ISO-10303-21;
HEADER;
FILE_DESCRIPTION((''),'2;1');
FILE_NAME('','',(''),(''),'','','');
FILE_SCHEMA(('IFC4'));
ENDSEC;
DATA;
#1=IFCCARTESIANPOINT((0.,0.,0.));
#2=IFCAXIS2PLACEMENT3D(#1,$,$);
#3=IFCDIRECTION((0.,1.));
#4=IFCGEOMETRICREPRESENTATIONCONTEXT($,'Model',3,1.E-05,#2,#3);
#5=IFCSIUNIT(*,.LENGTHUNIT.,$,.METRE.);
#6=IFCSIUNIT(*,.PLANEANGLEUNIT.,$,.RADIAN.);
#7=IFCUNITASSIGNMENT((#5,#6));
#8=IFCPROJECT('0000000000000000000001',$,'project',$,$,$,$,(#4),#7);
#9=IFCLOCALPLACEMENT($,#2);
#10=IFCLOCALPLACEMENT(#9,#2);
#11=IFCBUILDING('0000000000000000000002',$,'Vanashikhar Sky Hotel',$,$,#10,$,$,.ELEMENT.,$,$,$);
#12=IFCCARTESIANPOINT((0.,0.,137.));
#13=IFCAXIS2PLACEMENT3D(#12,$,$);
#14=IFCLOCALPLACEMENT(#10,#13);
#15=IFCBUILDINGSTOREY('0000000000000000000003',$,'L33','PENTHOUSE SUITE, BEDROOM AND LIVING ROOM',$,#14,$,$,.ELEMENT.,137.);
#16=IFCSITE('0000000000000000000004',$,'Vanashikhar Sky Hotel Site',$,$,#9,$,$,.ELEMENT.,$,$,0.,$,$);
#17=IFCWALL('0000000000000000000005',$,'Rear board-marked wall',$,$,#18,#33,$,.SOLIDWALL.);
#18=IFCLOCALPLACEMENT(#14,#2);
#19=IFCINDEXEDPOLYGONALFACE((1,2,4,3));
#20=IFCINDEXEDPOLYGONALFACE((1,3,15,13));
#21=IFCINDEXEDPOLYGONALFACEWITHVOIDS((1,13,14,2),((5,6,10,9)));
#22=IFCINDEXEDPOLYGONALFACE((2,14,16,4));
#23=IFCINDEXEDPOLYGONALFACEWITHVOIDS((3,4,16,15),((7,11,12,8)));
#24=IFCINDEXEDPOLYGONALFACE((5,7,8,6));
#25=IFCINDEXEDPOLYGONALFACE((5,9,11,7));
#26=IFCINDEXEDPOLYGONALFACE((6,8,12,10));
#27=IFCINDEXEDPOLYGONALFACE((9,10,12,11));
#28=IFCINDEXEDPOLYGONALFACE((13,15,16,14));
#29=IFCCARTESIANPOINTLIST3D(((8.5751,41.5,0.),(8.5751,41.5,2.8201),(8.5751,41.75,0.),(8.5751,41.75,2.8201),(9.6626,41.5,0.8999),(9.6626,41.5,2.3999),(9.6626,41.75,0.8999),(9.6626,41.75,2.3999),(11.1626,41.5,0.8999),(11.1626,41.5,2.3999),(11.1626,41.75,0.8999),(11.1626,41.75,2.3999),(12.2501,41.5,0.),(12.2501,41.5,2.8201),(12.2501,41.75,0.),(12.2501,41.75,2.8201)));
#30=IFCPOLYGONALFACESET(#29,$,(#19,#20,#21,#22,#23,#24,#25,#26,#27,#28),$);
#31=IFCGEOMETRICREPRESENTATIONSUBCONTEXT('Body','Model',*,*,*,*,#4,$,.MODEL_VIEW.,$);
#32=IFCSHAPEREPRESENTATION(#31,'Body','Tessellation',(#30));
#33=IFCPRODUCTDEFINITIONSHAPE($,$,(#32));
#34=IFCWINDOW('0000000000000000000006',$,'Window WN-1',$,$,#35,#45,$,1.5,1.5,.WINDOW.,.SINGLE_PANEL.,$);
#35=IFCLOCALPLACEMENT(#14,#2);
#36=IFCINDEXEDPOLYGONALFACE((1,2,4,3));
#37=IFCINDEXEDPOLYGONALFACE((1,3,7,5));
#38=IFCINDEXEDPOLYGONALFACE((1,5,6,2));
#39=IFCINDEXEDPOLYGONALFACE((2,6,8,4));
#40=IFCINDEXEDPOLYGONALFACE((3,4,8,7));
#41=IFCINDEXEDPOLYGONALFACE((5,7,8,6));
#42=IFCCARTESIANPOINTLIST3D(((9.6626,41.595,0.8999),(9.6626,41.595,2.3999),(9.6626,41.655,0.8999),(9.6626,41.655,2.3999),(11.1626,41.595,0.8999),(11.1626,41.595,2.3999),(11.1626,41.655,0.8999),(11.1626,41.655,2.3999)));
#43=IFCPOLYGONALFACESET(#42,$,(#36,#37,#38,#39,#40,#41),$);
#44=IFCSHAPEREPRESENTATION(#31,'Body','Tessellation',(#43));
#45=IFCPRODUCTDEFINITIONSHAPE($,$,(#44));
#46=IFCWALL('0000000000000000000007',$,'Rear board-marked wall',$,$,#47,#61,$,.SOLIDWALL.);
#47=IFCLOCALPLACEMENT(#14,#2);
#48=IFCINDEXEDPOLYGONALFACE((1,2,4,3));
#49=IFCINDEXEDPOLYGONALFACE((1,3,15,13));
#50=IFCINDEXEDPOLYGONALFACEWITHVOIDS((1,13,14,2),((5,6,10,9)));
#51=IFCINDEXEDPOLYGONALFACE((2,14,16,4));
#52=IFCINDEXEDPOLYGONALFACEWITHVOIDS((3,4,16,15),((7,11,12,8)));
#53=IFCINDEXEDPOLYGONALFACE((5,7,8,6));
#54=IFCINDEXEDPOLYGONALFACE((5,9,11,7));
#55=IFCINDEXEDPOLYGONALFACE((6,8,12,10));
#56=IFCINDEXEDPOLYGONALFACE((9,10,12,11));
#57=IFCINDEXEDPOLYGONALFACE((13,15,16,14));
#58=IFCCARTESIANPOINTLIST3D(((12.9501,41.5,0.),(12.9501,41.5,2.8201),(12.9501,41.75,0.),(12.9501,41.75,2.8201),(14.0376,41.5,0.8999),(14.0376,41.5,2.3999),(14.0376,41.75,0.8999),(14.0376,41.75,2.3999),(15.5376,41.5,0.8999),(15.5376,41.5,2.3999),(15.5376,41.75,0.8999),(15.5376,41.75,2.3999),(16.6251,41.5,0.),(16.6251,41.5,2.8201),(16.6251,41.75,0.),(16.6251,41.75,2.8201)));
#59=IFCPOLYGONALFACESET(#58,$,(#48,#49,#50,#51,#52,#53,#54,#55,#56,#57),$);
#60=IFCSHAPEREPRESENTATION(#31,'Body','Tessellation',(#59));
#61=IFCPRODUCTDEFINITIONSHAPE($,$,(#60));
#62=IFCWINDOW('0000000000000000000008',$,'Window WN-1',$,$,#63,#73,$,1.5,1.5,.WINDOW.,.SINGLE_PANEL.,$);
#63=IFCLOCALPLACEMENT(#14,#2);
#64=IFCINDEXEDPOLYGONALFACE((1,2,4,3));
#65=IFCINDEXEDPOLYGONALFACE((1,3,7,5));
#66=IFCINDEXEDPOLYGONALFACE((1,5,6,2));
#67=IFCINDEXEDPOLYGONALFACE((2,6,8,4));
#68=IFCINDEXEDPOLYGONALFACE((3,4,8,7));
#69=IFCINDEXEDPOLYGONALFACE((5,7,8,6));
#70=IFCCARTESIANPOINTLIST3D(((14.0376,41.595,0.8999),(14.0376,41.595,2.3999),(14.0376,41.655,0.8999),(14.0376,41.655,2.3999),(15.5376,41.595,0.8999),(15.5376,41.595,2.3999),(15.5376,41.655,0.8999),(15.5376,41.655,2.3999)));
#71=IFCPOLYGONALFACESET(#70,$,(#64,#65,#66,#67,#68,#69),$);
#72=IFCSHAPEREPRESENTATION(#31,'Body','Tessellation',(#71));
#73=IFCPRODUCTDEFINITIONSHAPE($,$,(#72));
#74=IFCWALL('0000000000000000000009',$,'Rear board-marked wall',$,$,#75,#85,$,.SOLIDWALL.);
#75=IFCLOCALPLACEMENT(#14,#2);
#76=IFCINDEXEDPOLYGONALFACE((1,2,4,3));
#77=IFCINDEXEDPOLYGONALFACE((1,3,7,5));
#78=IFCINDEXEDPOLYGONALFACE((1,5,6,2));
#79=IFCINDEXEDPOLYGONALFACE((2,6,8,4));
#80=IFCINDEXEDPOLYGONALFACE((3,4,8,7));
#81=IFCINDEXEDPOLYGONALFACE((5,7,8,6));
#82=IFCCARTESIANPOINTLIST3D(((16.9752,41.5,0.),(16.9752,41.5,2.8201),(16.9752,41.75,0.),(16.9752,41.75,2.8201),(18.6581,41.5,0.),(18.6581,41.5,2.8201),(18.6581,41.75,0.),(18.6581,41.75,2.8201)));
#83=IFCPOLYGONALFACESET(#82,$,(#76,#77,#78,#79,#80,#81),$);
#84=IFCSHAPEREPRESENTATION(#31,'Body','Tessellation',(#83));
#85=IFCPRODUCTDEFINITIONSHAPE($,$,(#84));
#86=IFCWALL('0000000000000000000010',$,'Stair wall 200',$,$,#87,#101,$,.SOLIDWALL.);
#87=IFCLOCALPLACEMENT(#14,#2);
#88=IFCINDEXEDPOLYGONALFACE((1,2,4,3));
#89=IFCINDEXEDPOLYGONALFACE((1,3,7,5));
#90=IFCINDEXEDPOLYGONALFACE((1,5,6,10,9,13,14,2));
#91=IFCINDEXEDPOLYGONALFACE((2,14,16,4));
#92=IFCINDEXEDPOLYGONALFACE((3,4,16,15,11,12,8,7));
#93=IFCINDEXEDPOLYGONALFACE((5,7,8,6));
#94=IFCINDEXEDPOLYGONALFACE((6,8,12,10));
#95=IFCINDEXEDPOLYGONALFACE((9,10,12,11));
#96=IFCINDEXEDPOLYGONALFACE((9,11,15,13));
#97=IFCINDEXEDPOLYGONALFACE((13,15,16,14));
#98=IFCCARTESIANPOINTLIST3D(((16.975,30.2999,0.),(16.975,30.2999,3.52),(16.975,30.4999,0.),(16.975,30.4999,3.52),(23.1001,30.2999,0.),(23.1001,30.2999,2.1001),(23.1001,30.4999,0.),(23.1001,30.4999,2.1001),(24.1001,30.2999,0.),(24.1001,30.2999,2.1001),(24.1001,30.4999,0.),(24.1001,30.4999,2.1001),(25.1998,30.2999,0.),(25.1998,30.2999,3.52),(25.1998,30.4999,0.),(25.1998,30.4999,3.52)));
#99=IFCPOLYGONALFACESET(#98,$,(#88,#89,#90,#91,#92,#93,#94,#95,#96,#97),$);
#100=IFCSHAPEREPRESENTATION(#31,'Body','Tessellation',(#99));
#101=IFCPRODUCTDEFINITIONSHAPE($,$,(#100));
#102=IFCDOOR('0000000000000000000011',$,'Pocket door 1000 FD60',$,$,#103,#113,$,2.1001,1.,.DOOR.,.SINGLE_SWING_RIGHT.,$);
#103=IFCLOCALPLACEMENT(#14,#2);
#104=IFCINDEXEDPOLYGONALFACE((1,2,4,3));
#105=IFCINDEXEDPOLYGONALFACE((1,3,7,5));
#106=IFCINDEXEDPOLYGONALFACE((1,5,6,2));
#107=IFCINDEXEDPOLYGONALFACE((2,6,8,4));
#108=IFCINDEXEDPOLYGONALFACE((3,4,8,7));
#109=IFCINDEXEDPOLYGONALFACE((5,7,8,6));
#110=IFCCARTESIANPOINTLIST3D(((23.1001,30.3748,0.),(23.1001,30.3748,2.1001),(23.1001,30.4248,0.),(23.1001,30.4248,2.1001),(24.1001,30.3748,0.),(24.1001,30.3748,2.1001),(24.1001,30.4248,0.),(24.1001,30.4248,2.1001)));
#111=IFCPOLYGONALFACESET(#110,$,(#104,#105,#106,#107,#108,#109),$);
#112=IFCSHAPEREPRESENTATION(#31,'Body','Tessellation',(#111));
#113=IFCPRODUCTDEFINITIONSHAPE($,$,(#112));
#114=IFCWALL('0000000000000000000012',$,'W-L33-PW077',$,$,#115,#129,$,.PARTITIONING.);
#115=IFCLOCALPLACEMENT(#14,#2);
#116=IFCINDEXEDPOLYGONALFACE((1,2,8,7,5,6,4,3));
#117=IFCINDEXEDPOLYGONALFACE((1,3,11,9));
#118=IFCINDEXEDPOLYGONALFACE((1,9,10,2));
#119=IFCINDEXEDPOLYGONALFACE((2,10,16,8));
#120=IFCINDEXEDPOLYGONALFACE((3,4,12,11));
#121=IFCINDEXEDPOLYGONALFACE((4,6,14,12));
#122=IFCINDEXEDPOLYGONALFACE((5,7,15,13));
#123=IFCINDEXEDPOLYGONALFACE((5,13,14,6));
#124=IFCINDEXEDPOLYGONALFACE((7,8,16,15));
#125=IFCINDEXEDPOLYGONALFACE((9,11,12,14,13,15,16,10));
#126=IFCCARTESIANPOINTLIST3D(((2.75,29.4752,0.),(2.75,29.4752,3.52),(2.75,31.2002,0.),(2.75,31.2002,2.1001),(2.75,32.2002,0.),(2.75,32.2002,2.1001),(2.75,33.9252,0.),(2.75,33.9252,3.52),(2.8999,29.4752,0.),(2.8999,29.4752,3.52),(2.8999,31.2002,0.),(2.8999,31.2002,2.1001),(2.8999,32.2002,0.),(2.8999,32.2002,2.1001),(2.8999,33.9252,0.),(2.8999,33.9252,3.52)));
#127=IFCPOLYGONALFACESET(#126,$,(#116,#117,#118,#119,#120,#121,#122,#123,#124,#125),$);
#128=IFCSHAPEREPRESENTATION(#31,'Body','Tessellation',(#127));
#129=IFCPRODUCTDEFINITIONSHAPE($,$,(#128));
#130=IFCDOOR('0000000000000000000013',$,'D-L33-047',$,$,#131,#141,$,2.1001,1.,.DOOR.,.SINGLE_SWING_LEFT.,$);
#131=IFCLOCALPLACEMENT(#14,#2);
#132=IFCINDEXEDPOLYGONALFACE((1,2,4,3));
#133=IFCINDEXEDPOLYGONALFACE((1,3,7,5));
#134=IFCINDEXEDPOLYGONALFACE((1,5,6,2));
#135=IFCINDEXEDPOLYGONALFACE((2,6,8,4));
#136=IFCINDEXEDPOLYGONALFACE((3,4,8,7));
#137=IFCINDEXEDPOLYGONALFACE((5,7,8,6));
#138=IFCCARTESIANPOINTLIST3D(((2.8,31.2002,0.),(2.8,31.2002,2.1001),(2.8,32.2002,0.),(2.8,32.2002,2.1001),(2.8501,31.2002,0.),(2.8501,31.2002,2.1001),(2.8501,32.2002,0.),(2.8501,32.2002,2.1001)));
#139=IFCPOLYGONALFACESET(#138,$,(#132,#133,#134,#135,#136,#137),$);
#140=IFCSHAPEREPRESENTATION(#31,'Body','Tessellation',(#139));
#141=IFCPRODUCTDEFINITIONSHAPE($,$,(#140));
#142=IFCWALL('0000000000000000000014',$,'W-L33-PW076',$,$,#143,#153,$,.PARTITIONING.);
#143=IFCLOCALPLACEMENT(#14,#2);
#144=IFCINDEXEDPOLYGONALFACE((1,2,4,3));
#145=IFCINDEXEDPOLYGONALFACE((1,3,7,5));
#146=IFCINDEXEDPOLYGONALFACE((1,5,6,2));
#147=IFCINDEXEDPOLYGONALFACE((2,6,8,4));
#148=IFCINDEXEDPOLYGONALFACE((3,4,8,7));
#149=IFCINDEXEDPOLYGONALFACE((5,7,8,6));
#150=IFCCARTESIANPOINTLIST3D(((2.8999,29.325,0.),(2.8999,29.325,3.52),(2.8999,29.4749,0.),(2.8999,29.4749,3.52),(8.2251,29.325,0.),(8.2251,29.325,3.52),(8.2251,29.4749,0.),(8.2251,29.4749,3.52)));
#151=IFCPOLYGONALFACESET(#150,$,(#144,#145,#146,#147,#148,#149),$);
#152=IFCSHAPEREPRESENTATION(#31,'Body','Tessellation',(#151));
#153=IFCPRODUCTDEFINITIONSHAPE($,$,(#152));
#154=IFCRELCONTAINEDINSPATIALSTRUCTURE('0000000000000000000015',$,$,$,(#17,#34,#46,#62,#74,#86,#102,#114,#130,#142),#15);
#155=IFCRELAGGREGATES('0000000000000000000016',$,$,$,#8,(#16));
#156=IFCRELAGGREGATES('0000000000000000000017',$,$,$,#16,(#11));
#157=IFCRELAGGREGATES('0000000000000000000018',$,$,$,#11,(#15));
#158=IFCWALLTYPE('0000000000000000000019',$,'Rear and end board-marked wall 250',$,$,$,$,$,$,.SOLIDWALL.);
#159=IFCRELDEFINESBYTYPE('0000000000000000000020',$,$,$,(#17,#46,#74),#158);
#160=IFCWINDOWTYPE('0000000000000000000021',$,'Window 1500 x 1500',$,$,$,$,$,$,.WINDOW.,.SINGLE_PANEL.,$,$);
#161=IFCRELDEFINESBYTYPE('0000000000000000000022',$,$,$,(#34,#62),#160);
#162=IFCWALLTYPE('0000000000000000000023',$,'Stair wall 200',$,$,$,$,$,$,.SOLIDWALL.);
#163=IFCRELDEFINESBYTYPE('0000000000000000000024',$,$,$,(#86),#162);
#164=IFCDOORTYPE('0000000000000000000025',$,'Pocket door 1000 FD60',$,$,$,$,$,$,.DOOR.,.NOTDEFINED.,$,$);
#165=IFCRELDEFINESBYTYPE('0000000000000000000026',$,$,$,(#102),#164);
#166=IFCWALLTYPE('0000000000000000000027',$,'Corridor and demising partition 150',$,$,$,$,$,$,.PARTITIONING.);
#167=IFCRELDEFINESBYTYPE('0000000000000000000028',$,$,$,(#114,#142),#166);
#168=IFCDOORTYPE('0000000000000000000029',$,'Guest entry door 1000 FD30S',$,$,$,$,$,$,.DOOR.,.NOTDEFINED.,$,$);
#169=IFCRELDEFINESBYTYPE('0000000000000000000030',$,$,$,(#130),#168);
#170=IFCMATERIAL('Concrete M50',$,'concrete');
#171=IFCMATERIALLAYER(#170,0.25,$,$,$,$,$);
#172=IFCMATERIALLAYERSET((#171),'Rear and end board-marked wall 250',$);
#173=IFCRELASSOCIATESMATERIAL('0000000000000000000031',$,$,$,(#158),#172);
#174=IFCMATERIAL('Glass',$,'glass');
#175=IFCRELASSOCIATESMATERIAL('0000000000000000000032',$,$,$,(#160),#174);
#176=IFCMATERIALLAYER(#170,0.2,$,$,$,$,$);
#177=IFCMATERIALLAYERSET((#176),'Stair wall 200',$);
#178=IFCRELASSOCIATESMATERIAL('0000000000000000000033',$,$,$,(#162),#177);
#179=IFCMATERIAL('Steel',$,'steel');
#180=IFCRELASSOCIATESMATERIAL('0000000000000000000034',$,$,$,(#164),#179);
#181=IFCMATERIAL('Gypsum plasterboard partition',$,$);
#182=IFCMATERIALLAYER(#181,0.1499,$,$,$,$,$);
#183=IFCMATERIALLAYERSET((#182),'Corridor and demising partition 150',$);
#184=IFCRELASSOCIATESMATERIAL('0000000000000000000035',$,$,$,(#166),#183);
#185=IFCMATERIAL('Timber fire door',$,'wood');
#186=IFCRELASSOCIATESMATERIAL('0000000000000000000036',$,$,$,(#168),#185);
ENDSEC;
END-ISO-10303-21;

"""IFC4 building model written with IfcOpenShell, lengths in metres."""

from ifc_helpers import new_model, si_unit, direction, frame, frame_2d, origin, place, context, subcontext, project, spatial, rectangle, extrude, source, transform, mapped, material, layer, layer_set, type_object, element, fill, save


model = new_model("IFC4")

# Units and contexts
model_context = context("Model", 3, precision=1e-05, world=origin(), true_north=direction((0.0, 1.0)))
body_context = subcontext(model_context, "Body", "Model", "MODEL_VIEW")
ifc_project = project(units=[si_unit("LENGTHUNIT", "METRE"), si_unit("PLANEANGLEUNIT", "RADIAN")], contexts=[model_context])

# Site, building, storey
site_placement = place(None, origin())
site = spatial("IfcSite", under=ifc_project, at=site_placement, Name="Vanashikhar Sky Hotel Site", CompositionType="ELEMENT", RefElevation=0.0)
building_placement = place(site_placement, origin())
building = spatial("IfcBuilding", under=site, at=building_placement, Name="Vanashikhar Sky Hotel", CompositionType="ELEMENT")
storey_placement = place(building_placement, frame((0.0, 0.0, 137.0)))
storey = spatial("IfcBuildingStorey", under=building, at=storey_placement, Name="L33", Description="PENTHOUSE SUITE, BEDROOM AND LIVING ROOM", CompositionType="ELEMENT", Elevation=137.0)

# Shared definitions
ifc_material_1 = material(Name="Concrete M50", Category="concrete")

# Shared definitions
ifc_material_2 = material(Name="Glass", Category="glass")

# Walls, openings, windows
ifc_layer_1 = layer(ifc_material_1, 0.25)
ifc_layer_set_1 = layer_set([ifc_layer_1], Name="Rear and end board-marked wall 250")
wall_type_1 = type_object("IfcWallType", Name="Rear and end board-marked wall 250", PredefinedType="SOLIDWALL", material=ifc_layer_set_1)
shared_shape_1 = source(origin(), body_context, "Body", "SweptSolid", [
    extrude(rectangle(XDim=1.5, YDim=1.5, at=frame_2d((0.75, 0.75))), frame((0.0, 0.135, 0.0), z_axis=(0.0, -1.0, 0.0), x_axis=(1.0, 0.0, 0.0)), (0.0, 0.0, 1.0), 0.27),
])
window_type_1 = type_object("IfcWindowType", Name="Window 1500 x 1500", PartitioningType="SINGLE_PANEL", PredefinedType="WINDOW", material=ifc_material_2)
shared_shape_2 = source(origin(), body_context, "Body", "SweptSolid", [
    extrude(rectangle(XDim=1.5, YDim=1.5, at=frame_2d((0.75, 0.75))), frame((0.0, 0.03, 0.0), z_axis=(0.0, -1.0, 0.0), x_axis=(1.0, 0.0, 0.0)), (0.0, 0.0, 1.0), 0.0601),
])
shared_shape_3 = source(origin(), body_context, "Body", "SweptSolid", [
    extrude(rectangle(XDim=3.675, YDim=0.25, at=frame_2d((1.8374, 0.0))), origin(), (0.0, 0.0, 1.0), 2.8201),
])
wall_1_placement = place(storey_placement, frame((12.25, 41.625, 0.0), z_axis=(0.0, 0.0, 1.0), x_axis=(-1.0, 0.0, 0.0)))
wall_1 = element("IfcWall", 1, at=wall_1_placement, inside=storey, type_object=wall_type_1, Name="Rear board-marked wall", PredefinedType="SOLIDWALL", context=body_context, shape_type="MappedRepresentation", body=[
    mapped(shared_shape_3, transform((0.0, 0.0, 0.0), scale=1.0)),
])
opening_1_placement = place(wall_1_placement, frame((1.0874, 0.0, 0.8999)))
opening_1 = element("IfcOpeningElement", 2, at=opening_1_placement, cuts=wall_1, PredefinedType="OPENING", context=body_context, shape_type="MappedRepresentation", body=[
    mapped(shared_shape_1, transform((0.0, 0.0, 0.0), scale=1.0)),
])
window_1_placement = place(opening_1_placement, origin())
window_1 = element("IfcWindow", 3, at=window_1_placement, inside=storey, type_object=window_type_1, Name="Window WN-1", OverallHeight=1.5, OverallWidth=1.5, PartitioningType="SINGLE_PANEL", PredefinedType="WINDOW", context=body_context, shape_type="MappedRepresentation", body=[
    mapped(shared_shape_2, transform((0.0, 0.0, 0.0), scale=1.0)),
])
fill(opening_1, window_1)
wall_2_placement = place(storey_placement, frame((16.625, 41.625, 0.0), z_axis=(0.0, 0.0, 1.0), x_axis=(-1.0, 0.0, 0.0)))
wall_2 = element("IfcWall", 4, at=wall_2_placement, inside=storey, type_object=wall_type_1, Name="Rear board-marked wall", PredefinedType="SOLIDWALL", context=body_context, shape_type="MappedRepresentation", body=[
    mapped(shared_shape_3, transform((0.0, 0.0, 0.0), scale=1.0)),
])
opening_2_placement = place(wall_2_placement, frame((1.0874, 0.0, 0.8999)))
opening_2 = element("IfcOpeningElement", 5, at=opening_2_placement, cuts=wall_2, PredefinedType="OPENING", context=body_context, shape_type="MappedRepresentation", body=[
    mapped(shared_shape_1, transform((0.0, 0.0, 0.0), scale=1.0)),
])
window_2_placement = place(opening_2_placement, origin())
window_2 = element("IfcWindow", 6, at=window_2_placement, inside=storey, type_object=window_type_1, Name="Window WN-1", OverallHeight=1.5, OverallWidth=1.5, PartitioningType="SINGLE_PANEL", PredefinedType="WINDOW", context=body_context, shape_type="MappedRepresentation", body=[
    mapped(shared_shape_2, transform((0.0, 0.0, 0.0), scale=1.0)),
])
fill(opening_2, window_2)

# Wall
shared_shape_4 = source(origin(), body_context, "Body", "SweptSolid", [
    extrude(rectangle(XDim=1.6829, YDim=0.25, at=frame_2d((0.8413, 0.0))), origin(), (0.0, 0.0, 1.0), 2.8201),
])
wall_3_placement = place(storey_placement, frame((18.658, 41.625, 0.0), z_axis=(0.0, 0.0, 1.0), x_axis=(-1.0, 0.0, 0.0)))
element("IfcWall", 7, at=wall_3_placement, inside=storey, type_object=wall_type_1, Name="Rear board-marked wall", PredefinedType="SOLIDWALL", context=body_context, shape_type="MappedRepresentation", body=[
    mapped(shared_shape_4, transform((0.0, 0.0, 0.0), scale=1.0)),
])

# Walls, openings, doors
ifc_layer_2 = layer(ifc_material_1, 0.2)
ifc_layer_set_2 = layer_set([ifc_layer_2], Name="Stair wall 200")
wall_type_2 = type_object("IfcWallType", Name="Stair wall 200", PredefinedType="SOLIDWALL", material=ifc_layer_set_2)
shared_shape_5 = source(origin(), body_context, "Body", "SweptSolid", [
    extrude(rectangle(XDim=8.2249, YDim=0.2, at=frame_2d((4.1123, 0.0))), origin(), (0.0, 0.0, 1.0), 3.52),
])
wall_4_placement = place(storey_placement, frame((16.9751, 30.3999, 0.0), z_axis=(0.0, 0.0, 1.0), x_axis=(1.0, 0.0, 0.0)))
wall_4 = element("IfcWall", 8, at=wall_4_placement, inside=storey, type_object=wall_type_2, Name="Stair wall 200", PredefinedType="SOLIDWALL", context=body_context, shape_type="MappedRepresentation", body=[
    mapped(shared_shape_5, transform((0.0, 0.0, 0.0), scale=1.0)),
])
shared_shape_6 = source(origin(), body_context, "Body", "SweptSolid", [
    extrude(rectangle(XDim=1.0, YDim=2.1001, at=frame_2d((0.5, 1.05))), frame((0.0, 0.1099, 0.0), z_axis=(0.0, -1.0, 0.0), x_axis=(1.0, 0.0, 0.0)), (0.0, 0.0, 1.0), 0.22),
])
opening_3_placement = place(wall_4_placement, frame((6.125, 0.0, 0.0)))
opening_3 = element("IfcOpeningElement", 9, at=opening_3_placement, cuts=wall_4, PredefinedType="OPENING", context=body_context, shape_type="MappedRepresentation", body=[
    mapped(shared_shape_6, transform((0.0, 0.0, 0.0), scale=1.0)),
])
ifc_material_3 = material(Name="Steel", Category="steel")
door_type_1 = type_object("IfcDoorType", Name="Pocket door 1000 FD60", OperationType="NOTDEFINED", PredefinedType="DOOR", material=ifc_material_3)
shared_shape_7 = source(origin(), body_context, "Body", "SweptSolid", [
    extrude(rectangle(XDim=1.0, YDim=2.1001, at=frame_2d((0.5, 1.05))), frame((0.0, 0.0249, 0.0), z_axis=(0.0, -1.0, 0.0), x_axis=(1.0, 0.0, 0.0)), (0.0, 0.0, 1.0), 0.05),
])
door_1_placement = place(opening_3_placement, origin())
door_1 = element("IfcDoor", 10, at=door_1_placement, inside=storey, type_object=door_type_1, Name="Pocket door 1000 FD60", OperationType="SINGLE_SWING_RIGHT", OverallHeight=2.1001, OverallWidth=1.0, PredefinedType="DOOR", context=body_context, shape_type="MappedRepresentation", body=[
    mapped(shared_shape_7, transform((0.0, 0.0, 0.0), scale=1.0)),
])
fill(opening_3, door_1)
ifc_material_4 = material(Name="Gypsum plasterboard partition")
ifc_layer_3 = layer(ifc_material_4, 0.1499)
ifc_layer_set_3 = layer_set([ifc_layer_3], Name="Corridor and demising partition 150")
wall_type_3 = type_object("IfcWallType", Name="Corridor and demising partition 150", PredefinedType="PARTITIONING", material=ifc_layer_set_3)
shared_shape_8 = source(origin(), body_context, "Body", "SweptSolid", [
    extrude(rectangle(XDim=4.45, YDim=0.1499, at=frame_2d((2.2251, 0.0))), origin(), (0.0, 0.0, 1.0), 3.52),
])
wall_5_placement = place(storey_placement, frame((2.825, 29.4751, 0.0), z_axis=(0.0, 0.0, 1.0), x_axis=(0.0, 1.0, 0.0)))
wall_5 = element("IfcWall", 11, at=wall_5_placement, inside=storey, type_object=wall_type_3, Name="W-L33-PW077", PredefinedType="PARTITIONING", context=body_context, shape_type="MappedRepresentation", body=[
    mapped(shared_shape_8, transform((0.0, 0.0, 0.0), scale=1.0)),
])
shared_shape_9 = source(origin(), body_context, "Body", "SweptSolid", [
    extrude(rectangle(XDim=1.0, YDim=2.1001, at=frame_2d((0.5, 1.05))), frame((0.0, 0.085, 0.0), z_axis=(0.0, -1.0, 0.0), x_axis=(1.0, 0.0, 0.0)), (0.0, 0.0, 1.0), 0.1699),
])
opening_4_placement = place(wall_5_placement, frame((1.7251, 0.0, 0.0)))
opening_4 = element("IfcOpeningElement", 12, at=opening_4_placement, cuts=wall_5, PredefinedType="OPENING", context=body_context, shape_type="MappedRepresentation", body=[
    mapped(shared_shape_9, transform((0.0, 0.0, 0.0), scale=1.0)),
])
ifc_material_5 = material(Name="Timber fire door", Category="wood")
door_type_2 = type_object("IfcDoorType", Name="Guest entry door 1000 FD30S", OperationType="NOTDEFINED", PredefinedType="DOOR", material=ifc_material_5)
door_2_placement = place(opening_4_placement, origin())
door_2 = element("IfcDoor", 13, at=door_2_placement, inside=storey, type_object=door_type_2, Name="D-L33-047", OperationType="SINGLE_SWING_LEFT", OverallHeight=2.1001, OverallWidth=1.0, PredefinedType="DOOR", context=body_context, shape_type="MappedRepresentation", body=[
    mapped(shared_shape_7, transform((0.0, 0.0, 0.0), scale=1.0)),
])
fill(opening_4, door_2)

# Wall
shared_shape_10 = source(origin(), body_context, "Body", "SweptSolid", [
    extrude(rectangle(XDim=5.3252, YDim=0.1499, at=frame_2d((2.6626, 0.0))), origin(), (0.0, 0.0, 1.0), 3.52),
])
wall_6_placement = place(storey_placement, frame((2.8999, 29.3999, 0.0), z_axis=(0.0, 0.0, 1.0), x_axis=(1.0, 0.0, 0.0)))
element("IfcWall", 14, at=wall_6_placement, inside=storey, type_object=wall_type_3, Name="W-L33-PW076", PredefinedType="PARTITIONING", context=body_context, shape_type="MappedRepresentation", body=[
    mapped(shared_shape_10, transform((0.0, 0.0, 0.0), scale=1.0)),
])

save(model, "model.ifc")
